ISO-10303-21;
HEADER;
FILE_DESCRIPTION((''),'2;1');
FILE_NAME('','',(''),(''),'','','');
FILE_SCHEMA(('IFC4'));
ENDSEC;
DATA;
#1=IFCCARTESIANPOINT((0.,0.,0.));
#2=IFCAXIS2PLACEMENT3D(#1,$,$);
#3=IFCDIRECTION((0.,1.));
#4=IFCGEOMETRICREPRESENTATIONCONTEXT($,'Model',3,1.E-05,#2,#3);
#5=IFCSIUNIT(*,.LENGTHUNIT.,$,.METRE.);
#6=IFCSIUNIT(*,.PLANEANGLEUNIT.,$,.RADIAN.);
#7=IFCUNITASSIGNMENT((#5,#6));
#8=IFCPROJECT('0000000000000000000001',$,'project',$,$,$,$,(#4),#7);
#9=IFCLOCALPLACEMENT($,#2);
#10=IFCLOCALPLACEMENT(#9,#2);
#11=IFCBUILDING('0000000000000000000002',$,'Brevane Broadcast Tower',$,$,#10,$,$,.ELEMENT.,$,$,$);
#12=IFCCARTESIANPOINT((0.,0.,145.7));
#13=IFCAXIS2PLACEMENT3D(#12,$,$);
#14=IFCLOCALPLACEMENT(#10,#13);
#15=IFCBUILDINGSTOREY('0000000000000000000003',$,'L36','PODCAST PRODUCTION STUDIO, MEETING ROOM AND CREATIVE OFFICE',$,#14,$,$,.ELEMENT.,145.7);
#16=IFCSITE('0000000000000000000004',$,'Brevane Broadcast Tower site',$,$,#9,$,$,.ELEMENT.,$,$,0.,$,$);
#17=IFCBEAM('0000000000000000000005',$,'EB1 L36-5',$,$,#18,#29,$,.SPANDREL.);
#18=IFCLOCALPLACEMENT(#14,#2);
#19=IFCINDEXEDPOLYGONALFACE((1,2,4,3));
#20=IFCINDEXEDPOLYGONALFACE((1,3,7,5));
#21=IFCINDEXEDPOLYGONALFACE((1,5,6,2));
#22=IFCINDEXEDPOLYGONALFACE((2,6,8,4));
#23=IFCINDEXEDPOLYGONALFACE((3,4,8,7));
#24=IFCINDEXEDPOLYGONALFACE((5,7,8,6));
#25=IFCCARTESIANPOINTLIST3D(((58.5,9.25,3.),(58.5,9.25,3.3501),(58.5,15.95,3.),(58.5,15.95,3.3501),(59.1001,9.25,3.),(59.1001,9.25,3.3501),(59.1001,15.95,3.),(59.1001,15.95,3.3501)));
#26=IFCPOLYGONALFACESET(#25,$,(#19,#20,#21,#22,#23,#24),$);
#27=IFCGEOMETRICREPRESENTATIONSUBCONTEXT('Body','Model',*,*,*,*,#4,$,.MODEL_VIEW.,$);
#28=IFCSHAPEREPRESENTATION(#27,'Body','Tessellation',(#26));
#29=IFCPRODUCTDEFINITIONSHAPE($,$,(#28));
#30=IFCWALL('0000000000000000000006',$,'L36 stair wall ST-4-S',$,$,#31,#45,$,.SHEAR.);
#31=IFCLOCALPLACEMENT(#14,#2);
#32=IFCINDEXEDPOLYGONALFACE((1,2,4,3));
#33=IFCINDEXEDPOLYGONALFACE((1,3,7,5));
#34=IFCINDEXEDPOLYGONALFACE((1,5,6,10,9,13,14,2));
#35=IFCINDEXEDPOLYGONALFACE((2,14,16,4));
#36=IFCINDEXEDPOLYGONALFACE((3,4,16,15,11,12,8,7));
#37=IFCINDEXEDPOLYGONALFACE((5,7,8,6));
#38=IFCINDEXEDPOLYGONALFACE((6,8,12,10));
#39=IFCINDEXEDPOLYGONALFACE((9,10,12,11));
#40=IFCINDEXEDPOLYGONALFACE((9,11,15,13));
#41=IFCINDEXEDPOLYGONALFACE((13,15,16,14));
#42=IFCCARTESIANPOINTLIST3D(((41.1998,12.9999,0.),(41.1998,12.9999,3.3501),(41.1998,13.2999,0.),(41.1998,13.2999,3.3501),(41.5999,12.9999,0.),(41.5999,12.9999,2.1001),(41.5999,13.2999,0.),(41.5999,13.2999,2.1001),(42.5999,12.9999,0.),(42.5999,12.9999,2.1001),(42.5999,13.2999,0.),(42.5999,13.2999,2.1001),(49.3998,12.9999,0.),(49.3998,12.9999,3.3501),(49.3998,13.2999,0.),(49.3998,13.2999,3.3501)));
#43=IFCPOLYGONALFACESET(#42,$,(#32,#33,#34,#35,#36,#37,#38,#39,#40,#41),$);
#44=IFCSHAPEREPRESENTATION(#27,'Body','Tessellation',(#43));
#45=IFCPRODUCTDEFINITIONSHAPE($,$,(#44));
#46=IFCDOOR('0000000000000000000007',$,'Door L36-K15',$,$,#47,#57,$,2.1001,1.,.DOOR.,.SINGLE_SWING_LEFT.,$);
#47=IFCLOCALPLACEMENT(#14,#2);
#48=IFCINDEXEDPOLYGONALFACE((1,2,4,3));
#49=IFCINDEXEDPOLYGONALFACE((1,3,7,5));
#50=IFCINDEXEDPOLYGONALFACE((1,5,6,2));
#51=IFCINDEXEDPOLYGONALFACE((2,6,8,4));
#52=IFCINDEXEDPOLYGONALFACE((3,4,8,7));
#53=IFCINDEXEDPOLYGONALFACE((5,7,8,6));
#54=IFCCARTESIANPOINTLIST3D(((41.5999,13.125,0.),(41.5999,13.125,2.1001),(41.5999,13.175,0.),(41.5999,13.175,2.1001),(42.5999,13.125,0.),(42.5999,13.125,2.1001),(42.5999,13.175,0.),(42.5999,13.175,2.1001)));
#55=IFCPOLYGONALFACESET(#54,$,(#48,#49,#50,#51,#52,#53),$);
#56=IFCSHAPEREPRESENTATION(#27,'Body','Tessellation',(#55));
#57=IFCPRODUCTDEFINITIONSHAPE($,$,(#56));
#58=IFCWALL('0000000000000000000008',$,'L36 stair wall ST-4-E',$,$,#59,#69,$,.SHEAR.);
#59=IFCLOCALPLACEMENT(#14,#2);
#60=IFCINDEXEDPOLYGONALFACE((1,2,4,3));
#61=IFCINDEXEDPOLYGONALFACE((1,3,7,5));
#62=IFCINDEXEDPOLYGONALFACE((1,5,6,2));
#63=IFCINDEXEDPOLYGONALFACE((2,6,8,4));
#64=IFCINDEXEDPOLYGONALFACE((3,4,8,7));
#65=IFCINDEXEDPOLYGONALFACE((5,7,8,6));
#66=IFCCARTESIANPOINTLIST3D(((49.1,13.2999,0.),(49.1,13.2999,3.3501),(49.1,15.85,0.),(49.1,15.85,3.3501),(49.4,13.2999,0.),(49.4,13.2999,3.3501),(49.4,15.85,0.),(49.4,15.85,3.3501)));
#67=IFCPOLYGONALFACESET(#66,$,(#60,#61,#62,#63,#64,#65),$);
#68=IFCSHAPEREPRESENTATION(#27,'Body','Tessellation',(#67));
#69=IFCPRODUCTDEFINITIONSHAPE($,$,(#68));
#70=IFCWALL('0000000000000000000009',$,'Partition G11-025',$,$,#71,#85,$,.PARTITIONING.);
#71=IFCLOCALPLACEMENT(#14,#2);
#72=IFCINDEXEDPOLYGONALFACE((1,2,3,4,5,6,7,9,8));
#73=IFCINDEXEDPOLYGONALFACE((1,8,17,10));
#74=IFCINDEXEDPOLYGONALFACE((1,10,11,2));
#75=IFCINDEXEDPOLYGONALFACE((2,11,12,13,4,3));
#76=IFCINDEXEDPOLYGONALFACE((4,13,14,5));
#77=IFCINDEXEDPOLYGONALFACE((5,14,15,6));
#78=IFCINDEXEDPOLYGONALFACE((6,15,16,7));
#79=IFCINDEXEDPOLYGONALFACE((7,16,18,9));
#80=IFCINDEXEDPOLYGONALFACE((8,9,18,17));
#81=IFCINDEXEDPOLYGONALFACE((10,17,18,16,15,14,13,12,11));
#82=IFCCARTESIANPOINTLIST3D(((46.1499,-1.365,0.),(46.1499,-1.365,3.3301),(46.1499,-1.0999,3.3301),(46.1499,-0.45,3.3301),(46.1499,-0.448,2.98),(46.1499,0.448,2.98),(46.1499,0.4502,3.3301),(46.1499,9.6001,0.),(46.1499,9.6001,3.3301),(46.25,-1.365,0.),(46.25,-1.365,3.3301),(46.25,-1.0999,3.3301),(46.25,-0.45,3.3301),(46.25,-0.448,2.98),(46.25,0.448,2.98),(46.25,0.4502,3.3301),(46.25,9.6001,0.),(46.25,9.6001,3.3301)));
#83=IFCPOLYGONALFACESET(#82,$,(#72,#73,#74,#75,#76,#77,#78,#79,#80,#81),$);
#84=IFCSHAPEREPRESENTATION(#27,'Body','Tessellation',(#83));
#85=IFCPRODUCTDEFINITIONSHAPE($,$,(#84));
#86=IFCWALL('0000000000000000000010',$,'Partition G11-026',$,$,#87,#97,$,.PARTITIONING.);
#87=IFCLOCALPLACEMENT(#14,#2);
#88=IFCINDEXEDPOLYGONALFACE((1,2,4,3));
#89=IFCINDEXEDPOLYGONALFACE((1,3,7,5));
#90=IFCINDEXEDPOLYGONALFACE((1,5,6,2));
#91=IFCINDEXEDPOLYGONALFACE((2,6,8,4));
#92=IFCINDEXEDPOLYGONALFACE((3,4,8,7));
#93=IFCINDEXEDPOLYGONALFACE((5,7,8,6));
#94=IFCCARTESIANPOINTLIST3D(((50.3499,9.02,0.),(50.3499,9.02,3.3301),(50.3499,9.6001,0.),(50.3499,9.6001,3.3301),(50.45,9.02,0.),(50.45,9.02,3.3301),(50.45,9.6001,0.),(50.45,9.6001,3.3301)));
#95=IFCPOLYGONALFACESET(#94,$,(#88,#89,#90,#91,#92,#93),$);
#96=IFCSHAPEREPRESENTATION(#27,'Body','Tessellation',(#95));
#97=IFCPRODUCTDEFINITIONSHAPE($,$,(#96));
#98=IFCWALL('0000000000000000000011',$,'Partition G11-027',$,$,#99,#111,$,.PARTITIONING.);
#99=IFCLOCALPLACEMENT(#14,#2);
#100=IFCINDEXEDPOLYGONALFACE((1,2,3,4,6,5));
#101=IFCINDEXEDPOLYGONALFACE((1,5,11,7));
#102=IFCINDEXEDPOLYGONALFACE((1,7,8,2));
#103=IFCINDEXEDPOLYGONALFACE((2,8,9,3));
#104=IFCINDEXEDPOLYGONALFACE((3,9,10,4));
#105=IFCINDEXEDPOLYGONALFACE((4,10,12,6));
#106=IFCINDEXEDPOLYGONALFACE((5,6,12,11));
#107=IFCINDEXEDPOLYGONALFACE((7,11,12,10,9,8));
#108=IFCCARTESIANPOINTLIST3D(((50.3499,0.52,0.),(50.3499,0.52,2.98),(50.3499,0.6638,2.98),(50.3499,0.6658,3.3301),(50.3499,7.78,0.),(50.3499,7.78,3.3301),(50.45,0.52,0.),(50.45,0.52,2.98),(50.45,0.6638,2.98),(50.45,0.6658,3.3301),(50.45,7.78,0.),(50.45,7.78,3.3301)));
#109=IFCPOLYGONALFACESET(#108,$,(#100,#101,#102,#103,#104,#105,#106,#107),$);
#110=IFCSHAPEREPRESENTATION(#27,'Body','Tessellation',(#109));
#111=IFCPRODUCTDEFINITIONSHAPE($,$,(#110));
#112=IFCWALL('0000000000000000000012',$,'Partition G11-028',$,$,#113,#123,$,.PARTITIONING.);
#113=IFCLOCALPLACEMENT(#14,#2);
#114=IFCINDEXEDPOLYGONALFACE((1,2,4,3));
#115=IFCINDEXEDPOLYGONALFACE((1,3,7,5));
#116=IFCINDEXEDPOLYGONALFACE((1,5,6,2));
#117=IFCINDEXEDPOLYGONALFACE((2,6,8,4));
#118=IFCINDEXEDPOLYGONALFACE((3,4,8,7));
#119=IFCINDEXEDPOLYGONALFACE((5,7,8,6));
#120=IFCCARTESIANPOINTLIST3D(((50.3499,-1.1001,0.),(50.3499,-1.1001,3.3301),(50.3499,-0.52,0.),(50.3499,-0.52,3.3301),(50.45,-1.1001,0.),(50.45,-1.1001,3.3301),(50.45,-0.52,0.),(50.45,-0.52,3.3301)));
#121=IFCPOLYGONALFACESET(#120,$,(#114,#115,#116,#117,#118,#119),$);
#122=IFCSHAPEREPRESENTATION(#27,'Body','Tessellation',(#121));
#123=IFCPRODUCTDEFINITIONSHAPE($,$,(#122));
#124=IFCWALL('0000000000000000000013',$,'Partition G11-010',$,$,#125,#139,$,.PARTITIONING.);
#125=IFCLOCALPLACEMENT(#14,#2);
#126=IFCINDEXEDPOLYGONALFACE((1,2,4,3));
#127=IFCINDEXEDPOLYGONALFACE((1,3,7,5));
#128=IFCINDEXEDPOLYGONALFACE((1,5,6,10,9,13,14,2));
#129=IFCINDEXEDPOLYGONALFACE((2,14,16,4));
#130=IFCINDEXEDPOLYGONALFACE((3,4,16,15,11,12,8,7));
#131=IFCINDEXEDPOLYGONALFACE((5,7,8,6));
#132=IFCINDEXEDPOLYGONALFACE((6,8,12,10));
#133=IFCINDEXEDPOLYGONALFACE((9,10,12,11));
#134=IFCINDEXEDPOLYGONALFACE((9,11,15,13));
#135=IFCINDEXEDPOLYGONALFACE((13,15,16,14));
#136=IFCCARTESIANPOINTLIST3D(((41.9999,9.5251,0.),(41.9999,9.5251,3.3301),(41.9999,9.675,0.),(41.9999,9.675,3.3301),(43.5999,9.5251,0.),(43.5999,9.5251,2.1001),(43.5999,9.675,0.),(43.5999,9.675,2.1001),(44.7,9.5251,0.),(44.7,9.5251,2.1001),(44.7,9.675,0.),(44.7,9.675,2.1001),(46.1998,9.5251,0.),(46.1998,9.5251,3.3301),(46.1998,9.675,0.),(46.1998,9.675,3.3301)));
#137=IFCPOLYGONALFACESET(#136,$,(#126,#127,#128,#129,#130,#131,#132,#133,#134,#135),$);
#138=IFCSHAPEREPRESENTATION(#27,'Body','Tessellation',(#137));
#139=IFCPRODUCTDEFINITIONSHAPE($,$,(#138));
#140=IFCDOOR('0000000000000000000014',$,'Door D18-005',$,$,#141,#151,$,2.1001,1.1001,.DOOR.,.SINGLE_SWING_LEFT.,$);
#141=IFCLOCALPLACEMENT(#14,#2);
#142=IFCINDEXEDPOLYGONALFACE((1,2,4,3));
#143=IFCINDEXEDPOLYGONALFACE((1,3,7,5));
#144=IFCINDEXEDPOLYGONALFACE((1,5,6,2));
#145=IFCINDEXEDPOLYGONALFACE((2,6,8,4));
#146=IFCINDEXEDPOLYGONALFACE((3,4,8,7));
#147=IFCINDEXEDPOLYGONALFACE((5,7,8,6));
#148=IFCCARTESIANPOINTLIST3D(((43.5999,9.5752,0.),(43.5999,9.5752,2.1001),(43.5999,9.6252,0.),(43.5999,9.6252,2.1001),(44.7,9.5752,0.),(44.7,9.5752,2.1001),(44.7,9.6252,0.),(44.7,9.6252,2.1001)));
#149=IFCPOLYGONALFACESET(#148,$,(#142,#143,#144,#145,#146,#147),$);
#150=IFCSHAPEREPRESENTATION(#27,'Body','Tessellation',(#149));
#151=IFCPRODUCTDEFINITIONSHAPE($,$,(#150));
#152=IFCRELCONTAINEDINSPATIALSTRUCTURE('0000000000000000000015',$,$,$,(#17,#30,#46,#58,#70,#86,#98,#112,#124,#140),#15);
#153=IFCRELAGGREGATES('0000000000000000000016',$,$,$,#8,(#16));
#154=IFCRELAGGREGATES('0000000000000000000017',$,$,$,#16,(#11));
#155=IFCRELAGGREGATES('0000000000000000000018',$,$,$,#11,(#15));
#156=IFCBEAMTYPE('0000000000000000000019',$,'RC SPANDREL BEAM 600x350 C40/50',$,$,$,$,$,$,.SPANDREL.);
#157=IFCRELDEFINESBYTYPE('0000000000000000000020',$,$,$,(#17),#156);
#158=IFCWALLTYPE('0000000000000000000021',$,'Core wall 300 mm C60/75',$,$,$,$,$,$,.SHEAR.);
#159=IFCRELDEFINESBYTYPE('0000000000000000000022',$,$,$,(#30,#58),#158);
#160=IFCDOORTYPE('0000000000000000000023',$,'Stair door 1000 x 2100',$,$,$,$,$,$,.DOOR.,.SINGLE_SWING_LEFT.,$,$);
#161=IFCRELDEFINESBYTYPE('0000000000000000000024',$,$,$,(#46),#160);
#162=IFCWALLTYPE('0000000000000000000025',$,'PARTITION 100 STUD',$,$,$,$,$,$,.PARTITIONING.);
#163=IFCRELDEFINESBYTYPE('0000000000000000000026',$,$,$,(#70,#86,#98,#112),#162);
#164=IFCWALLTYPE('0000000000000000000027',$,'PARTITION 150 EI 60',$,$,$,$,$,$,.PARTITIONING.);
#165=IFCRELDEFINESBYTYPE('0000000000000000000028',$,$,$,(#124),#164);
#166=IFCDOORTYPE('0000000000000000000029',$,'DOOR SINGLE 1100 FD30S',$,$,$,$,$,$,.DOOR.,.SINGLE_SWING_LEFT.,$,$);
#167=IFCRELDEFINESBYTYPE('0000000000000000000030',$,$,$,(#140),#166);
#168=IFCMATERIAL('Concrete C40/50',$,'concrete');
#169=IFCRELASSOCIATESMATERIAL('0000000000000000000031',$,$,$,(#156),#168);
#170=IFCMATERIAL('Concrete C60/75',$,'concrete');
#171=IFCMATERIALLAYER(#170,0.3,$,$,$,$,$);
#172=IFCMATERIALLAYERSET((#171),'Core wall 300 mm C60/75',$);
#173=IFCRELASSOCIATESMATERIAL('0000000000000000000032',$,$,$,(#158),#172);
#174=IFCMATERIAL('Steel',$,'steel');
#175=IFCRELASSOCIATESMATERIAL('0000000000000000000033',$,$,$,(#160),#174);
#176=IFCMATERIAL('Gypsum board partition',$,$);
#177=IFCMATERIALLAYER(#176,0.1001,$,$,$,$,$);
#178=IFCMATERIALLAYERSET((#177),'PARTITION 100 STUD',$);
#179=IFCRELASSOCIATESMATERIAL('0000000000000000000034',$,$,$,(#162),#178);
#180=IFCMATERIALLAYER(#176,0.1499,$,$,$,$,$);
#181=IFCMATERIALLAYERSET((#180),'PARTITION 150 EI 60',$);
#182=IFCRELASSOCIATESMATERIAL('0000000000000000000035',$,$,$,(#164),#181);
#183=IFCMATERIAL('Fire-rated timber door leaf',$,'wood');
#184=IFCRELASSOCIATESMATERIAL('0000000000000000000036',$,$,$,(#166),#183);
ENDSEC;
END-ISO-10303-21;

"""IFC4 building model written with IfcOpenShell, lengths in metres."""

from ifc_helpers import new_model, si_unit, direction, frame, frame_2d, origin, origin_2d, place, context, subcontext, project, spatial, polyline, rectangle, outline, extrude, material, layer, layer_set, material_profile, profile_set, type_object, element, fill, save


model = new_model("IFC4")

# Units and contexts
model_context = context("Model", 3, precision=1e-05, world=origin(), true_north=direction((0.0, 1.0)))
body_context = subcontext(model_context, "Body", "Model", "MODEL_VIEW")
ifc_project = project(units=[si_unit("LENGTHUNIT", "METRE"), si_unit("PLANEANGLEUNIT", "RADIAN")], contexts=[model_context])

# Site, building, storey
site_placement = place(None, origin())
site = spatial("IfcSite", under=ifc_project, at=site_placement, Name="Brevane Broadcast Tower site", CompositionType="ELEMENT", RefElevation=0.0)
building_placement = place(site_placement, origin())
building = spatial("IfcBuilding", under=site, at=building_placement, Name="Brevane Broadcast Tower", CompositionType="ELEMENT")
storey_placement = place(building_placement, frame((0.0, 0.0, 145.7)))
storey = spatial("IfcBuildingStorey", under=building, at=storey_placement, Name="L36", Description="PODCAST PRODUCTION STUDIO, MEETING ROOM AND CREATIVE OFFICE", CompositionType="ELEMENT", Elevation=145.7)

# Shared definitions
ifc_material_1 = material(Name="Concrete C60/75", Category="concrete")

# Beam
ifc_material_2 = material(Name="Concrete C40/50", Category="concrete")
ifc_material_profile_1 = material_profile(ifc_material_2, rectangle(XDim=0.6001, YDim=0.3501, at=origin_2d()), Name="RC 600x350")
ifc_profile_set_1 = profile_set([ifc_material_profile_1], Name="Concrete C40/50")
beam_type = type_object("IfcBeamType", Name="RC SPANDREL BEAM 600x350 C40/50", PredefinedType="SPANDREL", material=ifc_profile_set_1)
beam_1_placement = place(storey_placement, frame((58.8, 9.25, 3.175), z_axis=(0.0, 1.0, 0.0), x_axis=(-1.0, 0.0, 0.0)))
element("IfcBeam", 1, at=beam_1_placement, inside=storey, type_object=beam_type, Name="EB1 L36-5", PredefinedType="SPANDREL", context=body_context, shape_type="SweptSolid", body=[
    extrude(rectangle(XDim=0.6001, YDim=0.3501, at=origin_2d()), origin(), (0.0, 0.0, 1.0), 6.7),
])

# Wall, opening, door
ifc_layer_1 = layer(ifc_material_1, 0.3)
ifc_layer_set_1 = layer_set([ifc_layer_1], Name="Core wall 300 mm C60/75")
wall_type_1 = type_object("IfcWallType", Name="Core wall 300 mm C60/75", PredefinedType="SHEAR", material=ifc_layer_set_1)
wall_1_placement = place(storey_placement, frame((49.3999, 13.1499, 0.0), z_axis=(0.0, 0.0, 1.0), x_axis=(-1.0, 0.0, 0.0)))
wall_1 = element("IfcWall", 2, at=wall_1_placement, inside=storey, type_object=wall_type_1, Name="L36 stair wall ST-4-S", PredefinedType="SHEAR", context=body_context, shape_type="SweptSolid", body=[
    extrude(rectangle(XDim=8.2, YDim=0.3, at=frame_2d((4.1001, 0.0))), origin(), (0.0, 0.0, 1.0), 3.3501),
])
opening_1_placement = place(wall_1_placement, frame((6.8, 0.0, 0.0)))
opening_1 = element("IfcOpeningElement", 3, at=opening_1_placement, cuts=wall_1, PredefinedType="OPENING", context=body_context, shape_type="SweptSolid", body=[
    extrude(rectangle(XDim=1.0, YDim=2.1001, at=frame_2d((0.5, 1.05))), frame((0.0, 0.1599, 0.0), z_axis=(0.0, -1.0, 0.0), x_axis=(1.0, 0.0, 0.0)), (0.0, 0.0, 1.0), 0.3201),
])
ifc_material_3 = material(Name="Steel", Category="steel")
door_type_1 = type_object("IfcDoorType", Name="Stair door 1000 x 2100", OperationType="SINGLE_SWING_LEFT", PredefinedType="DOOR", material=ifc_material_3)
door_1_placement = place(opening_1_placement, origin())
door_1 = element("IfcDoor", 4, at=door_1_placement, inside=storey, type_object=door_type_1, Name="Door L36-K15", OperationType="SINGLE_SWING_LEFT", OverallHeight=2.1001, OverallWidth=1.0, PredefinedType="DOOR", context=body_context, shape_type="SweptSolid", body=[
    extrude(rectangle(XDim=1.0, YDim=2.1001, at=frame_2d((0.5, 1.05))), frame((0.0, 0.0249, 0.0), z_axis=(0.0, -1.0, 0.0), x_axis=(1.0, 0.0, 0.0)), (0.0, 0.0, 1.0), 0.05),
])
fill(opening_1, door_1)

# Walls
wall_2_placement = place(storey_placement, frame((49.25, 13.3, 0.0), z_axis=(0.0, 0.0, 1.0), x_axis=(0.0, 1.0, 0.0)))
element("IfcWall", 5, at=wall_2_placement, inside=storey, type_object=wall_type_1, Name="L36 stair wall ST-4-E", PredefinedType="SHEAR", context=body_context, shape_type="SweptSolid", body=[
    extrude(rectangle(XDim=2.55, YDim=0.3, at=frame_2d((1.2749, 0.0))), origin(), (0.0, 0.0, 1.0), 3.3501),
])
ifc_material_4 = material(Name="Gypsum board partition")
ifc_layer_2 = layer(ifc_material_4, 0.1001)
ifc_layer_set_2 = layer_set([ifc_layer_2], Name="PARTITION 100 STUD")
wall_type_2 = type_object("IfcWallType", Name="PARTITION 100 STUD", PredefinedType="PARTITIONING", material=ifc_layer_set_2)
wall_3_placement = place(storey_placement, frame((46.2, 9.6001, 0.0), z_axis=(0.0, 0.0, 1.0), x_axis=(0.0, -1.0, 0.0)))
element("IfcWall", 6, at=wall_3_placement, inside=storey, type_object=wall_type_2, Name="Partition G11-025", PredefinedType="PARTITIONING", context=body_context, shape_type="SweptSolid", body=[
    extrude(outline(polyline([(0.0, 0.0), (10.9651, 0.0), (10.9651, 3.3301), (10.7, 3.3301), (10.05, 3.3301), (10.0481, 2.98), (9.1521, 2.98), (9.1499, 3.3301), (0.0, 3.3301), (0.0, 0.0)])), frame((0.0, 0.05, 0.0), z_axis=(0.0, -1.0, 0.0), x_axis=(1.0, 0.0, 0.0)), (0.0, 0.0, 1.0), 0.1001),
])
wall_4_placement = place(storey_placement, frame((50.3999, 9.6001, 0.0), z_axis=(0.0, 0.0, 1.0), x_axis=(0.0, -1.0, 0.0)))
element("IfcWall", 7, at=wall_4_placement, inside=storey, type_object=wall_type_2, Name="Partition G11-026", PredefinedType="PARTITIONING", context=body_context, shape_type="SweptSolid", body=[
    extrude(rectangle(XDim=0.5801, YDim=0.1001, at=frame_2d((0.29, 0.0))), origin(), (0.0, 0.0, 1.0), 3.3301),
])
wall_5_placement = place(storey_placement, frame((50.3999, 7.78, 0.0), z_axis=(0.0, 0.0, 1.0), x_axis=(0.0, -1.0, 0.0)))
element("IfcWall", 8, at=wall_5_placement, inside=storey, type_object=wall_type_2, Name="Partition G11-027", PredefinedType="PARTITIONING", context=body_context, shape_type="SweptSolid", body=[
    extrude(outline(polyline([(0.0, 0.0), (7.26, 0.0), (7.26, 2.98), (7.1162, 2.98), (7.1143, 3.3301), (0.0, 3.3301), (0.0, 0.0)])), frame((0.0, 0.05, 0.0), z_axis=(0.0, -1.0, 0.0), x_axis=(1.0, 0.0, 0.0)), (0.0, 0.0, 1.0), 0.1001),
])
wall_6_placement = place(storey_placement, frame((50.3999, -0.52, 0.0), z_axis=(0.0, 0.0, 1.0), x_axis=(0.0, -1.0, 0.0)))
element("IfcWall", 9, at=wall_6_placement, inside=storey, type_object=wall_type_2, Name="Partition G11-028", PredefinedType="PARTITIONING", context=body_context, shape_type="SweptSolid", body=[
    extrude(rectangle(XDim=0.5801, YDim=0.1001, at=frame_2d((0.29, 0.0))), origin(), (0.0, 0.0, 1.0), 3.3301),
])

# Wall, opening, door
ifc_layer_3 = layer(ifc_material_4, 0.1499)
ifc_layer_set_3 = layer_set([ifc_layer_3], Name="PARTITION 150 EI 60")
wall_type_3 = type_object("IfcWallType", Name="PARTITION 150 EI 60", PredefinedType="PARTITIONING", material=ifc_layer_set_3)
wall_7_placement = place(storey_placement, frame((46.2, 9.6001, 0.0), z_axis=(0.0, 0.0, 1.0), x_axis=(-1.0, 0.0, 0.0)))
wall_7 = element("IfcWall", 10, at=wall_7_placement, inside=storey, type_object=wall_type_3, Name="Partition G11-010", PredefinedType="PARTITIONING", context=body_context, shape_type="SweptSolid", body=[
    extrude(rectangle(XDim=4.2, YDim=0.1499, at=frame_2d((2.1001, 0.0))), origin(), (0.0, 0.0, 1.0), 3.3301),
])
opening_2_placement = place(wall_7_placement, frame((1.5, 0.0, 0.0)))
opening_2 = element("IfcOpeningElement", 11, at=opening_2_placement, cuts=wall_7, PredefinedType="OPENING", context=body_context, shape_type="SweptSolid", body=[
    extrude(rectangle(XDim=1.1001, YDim=2.1001, at=frame_2d((0.55, 1.05))), frame((0.0, 0.085, 0.0), z_axis=(0.0, -1.0, 0.0), x_axis=(1.0, 0.0, 0.0)), (0.0, 0.0, 1.0), 0.1699),
])
ifc_material_5 = material(Name="Fire-rated timber door leaf", Category="wood")
door_type_2 = type_object("IfcDoorType", Name="DOOR SINGLE 1100 FD30S", OperationType="SINGLE_SWING_LEFT", PredefinedType="DOOR", material=ifc_material_5)
door_2_placement = place(opening_2_placement, origin())
door_2 = element("IfcDoor", 12, at=door_2_placement, inside=storey, type_object=door_type_2, Name="Door D18-005", OperationType="SINGLE_SWING_LEFT", OverallHeight=2.1001, OverallWidth=1.1001, PredefinedType="DOOR", context=body_context, shape_type="SweptSolid", body=[
    extrude(rectangle(XDim=1.1001, YDim=2.1001, at=frame_2d((0.55, 1.05))), frame((0.0, 0.0249, 0.0), z_axis=(0.0, -1.0, 0.0), x_axis=(1.0, 0.0, 0.0)), (0.0, 0.0, 1.0), 0.05),
])
fill(opening_2, door_2)

save(model, "model.ifc")
